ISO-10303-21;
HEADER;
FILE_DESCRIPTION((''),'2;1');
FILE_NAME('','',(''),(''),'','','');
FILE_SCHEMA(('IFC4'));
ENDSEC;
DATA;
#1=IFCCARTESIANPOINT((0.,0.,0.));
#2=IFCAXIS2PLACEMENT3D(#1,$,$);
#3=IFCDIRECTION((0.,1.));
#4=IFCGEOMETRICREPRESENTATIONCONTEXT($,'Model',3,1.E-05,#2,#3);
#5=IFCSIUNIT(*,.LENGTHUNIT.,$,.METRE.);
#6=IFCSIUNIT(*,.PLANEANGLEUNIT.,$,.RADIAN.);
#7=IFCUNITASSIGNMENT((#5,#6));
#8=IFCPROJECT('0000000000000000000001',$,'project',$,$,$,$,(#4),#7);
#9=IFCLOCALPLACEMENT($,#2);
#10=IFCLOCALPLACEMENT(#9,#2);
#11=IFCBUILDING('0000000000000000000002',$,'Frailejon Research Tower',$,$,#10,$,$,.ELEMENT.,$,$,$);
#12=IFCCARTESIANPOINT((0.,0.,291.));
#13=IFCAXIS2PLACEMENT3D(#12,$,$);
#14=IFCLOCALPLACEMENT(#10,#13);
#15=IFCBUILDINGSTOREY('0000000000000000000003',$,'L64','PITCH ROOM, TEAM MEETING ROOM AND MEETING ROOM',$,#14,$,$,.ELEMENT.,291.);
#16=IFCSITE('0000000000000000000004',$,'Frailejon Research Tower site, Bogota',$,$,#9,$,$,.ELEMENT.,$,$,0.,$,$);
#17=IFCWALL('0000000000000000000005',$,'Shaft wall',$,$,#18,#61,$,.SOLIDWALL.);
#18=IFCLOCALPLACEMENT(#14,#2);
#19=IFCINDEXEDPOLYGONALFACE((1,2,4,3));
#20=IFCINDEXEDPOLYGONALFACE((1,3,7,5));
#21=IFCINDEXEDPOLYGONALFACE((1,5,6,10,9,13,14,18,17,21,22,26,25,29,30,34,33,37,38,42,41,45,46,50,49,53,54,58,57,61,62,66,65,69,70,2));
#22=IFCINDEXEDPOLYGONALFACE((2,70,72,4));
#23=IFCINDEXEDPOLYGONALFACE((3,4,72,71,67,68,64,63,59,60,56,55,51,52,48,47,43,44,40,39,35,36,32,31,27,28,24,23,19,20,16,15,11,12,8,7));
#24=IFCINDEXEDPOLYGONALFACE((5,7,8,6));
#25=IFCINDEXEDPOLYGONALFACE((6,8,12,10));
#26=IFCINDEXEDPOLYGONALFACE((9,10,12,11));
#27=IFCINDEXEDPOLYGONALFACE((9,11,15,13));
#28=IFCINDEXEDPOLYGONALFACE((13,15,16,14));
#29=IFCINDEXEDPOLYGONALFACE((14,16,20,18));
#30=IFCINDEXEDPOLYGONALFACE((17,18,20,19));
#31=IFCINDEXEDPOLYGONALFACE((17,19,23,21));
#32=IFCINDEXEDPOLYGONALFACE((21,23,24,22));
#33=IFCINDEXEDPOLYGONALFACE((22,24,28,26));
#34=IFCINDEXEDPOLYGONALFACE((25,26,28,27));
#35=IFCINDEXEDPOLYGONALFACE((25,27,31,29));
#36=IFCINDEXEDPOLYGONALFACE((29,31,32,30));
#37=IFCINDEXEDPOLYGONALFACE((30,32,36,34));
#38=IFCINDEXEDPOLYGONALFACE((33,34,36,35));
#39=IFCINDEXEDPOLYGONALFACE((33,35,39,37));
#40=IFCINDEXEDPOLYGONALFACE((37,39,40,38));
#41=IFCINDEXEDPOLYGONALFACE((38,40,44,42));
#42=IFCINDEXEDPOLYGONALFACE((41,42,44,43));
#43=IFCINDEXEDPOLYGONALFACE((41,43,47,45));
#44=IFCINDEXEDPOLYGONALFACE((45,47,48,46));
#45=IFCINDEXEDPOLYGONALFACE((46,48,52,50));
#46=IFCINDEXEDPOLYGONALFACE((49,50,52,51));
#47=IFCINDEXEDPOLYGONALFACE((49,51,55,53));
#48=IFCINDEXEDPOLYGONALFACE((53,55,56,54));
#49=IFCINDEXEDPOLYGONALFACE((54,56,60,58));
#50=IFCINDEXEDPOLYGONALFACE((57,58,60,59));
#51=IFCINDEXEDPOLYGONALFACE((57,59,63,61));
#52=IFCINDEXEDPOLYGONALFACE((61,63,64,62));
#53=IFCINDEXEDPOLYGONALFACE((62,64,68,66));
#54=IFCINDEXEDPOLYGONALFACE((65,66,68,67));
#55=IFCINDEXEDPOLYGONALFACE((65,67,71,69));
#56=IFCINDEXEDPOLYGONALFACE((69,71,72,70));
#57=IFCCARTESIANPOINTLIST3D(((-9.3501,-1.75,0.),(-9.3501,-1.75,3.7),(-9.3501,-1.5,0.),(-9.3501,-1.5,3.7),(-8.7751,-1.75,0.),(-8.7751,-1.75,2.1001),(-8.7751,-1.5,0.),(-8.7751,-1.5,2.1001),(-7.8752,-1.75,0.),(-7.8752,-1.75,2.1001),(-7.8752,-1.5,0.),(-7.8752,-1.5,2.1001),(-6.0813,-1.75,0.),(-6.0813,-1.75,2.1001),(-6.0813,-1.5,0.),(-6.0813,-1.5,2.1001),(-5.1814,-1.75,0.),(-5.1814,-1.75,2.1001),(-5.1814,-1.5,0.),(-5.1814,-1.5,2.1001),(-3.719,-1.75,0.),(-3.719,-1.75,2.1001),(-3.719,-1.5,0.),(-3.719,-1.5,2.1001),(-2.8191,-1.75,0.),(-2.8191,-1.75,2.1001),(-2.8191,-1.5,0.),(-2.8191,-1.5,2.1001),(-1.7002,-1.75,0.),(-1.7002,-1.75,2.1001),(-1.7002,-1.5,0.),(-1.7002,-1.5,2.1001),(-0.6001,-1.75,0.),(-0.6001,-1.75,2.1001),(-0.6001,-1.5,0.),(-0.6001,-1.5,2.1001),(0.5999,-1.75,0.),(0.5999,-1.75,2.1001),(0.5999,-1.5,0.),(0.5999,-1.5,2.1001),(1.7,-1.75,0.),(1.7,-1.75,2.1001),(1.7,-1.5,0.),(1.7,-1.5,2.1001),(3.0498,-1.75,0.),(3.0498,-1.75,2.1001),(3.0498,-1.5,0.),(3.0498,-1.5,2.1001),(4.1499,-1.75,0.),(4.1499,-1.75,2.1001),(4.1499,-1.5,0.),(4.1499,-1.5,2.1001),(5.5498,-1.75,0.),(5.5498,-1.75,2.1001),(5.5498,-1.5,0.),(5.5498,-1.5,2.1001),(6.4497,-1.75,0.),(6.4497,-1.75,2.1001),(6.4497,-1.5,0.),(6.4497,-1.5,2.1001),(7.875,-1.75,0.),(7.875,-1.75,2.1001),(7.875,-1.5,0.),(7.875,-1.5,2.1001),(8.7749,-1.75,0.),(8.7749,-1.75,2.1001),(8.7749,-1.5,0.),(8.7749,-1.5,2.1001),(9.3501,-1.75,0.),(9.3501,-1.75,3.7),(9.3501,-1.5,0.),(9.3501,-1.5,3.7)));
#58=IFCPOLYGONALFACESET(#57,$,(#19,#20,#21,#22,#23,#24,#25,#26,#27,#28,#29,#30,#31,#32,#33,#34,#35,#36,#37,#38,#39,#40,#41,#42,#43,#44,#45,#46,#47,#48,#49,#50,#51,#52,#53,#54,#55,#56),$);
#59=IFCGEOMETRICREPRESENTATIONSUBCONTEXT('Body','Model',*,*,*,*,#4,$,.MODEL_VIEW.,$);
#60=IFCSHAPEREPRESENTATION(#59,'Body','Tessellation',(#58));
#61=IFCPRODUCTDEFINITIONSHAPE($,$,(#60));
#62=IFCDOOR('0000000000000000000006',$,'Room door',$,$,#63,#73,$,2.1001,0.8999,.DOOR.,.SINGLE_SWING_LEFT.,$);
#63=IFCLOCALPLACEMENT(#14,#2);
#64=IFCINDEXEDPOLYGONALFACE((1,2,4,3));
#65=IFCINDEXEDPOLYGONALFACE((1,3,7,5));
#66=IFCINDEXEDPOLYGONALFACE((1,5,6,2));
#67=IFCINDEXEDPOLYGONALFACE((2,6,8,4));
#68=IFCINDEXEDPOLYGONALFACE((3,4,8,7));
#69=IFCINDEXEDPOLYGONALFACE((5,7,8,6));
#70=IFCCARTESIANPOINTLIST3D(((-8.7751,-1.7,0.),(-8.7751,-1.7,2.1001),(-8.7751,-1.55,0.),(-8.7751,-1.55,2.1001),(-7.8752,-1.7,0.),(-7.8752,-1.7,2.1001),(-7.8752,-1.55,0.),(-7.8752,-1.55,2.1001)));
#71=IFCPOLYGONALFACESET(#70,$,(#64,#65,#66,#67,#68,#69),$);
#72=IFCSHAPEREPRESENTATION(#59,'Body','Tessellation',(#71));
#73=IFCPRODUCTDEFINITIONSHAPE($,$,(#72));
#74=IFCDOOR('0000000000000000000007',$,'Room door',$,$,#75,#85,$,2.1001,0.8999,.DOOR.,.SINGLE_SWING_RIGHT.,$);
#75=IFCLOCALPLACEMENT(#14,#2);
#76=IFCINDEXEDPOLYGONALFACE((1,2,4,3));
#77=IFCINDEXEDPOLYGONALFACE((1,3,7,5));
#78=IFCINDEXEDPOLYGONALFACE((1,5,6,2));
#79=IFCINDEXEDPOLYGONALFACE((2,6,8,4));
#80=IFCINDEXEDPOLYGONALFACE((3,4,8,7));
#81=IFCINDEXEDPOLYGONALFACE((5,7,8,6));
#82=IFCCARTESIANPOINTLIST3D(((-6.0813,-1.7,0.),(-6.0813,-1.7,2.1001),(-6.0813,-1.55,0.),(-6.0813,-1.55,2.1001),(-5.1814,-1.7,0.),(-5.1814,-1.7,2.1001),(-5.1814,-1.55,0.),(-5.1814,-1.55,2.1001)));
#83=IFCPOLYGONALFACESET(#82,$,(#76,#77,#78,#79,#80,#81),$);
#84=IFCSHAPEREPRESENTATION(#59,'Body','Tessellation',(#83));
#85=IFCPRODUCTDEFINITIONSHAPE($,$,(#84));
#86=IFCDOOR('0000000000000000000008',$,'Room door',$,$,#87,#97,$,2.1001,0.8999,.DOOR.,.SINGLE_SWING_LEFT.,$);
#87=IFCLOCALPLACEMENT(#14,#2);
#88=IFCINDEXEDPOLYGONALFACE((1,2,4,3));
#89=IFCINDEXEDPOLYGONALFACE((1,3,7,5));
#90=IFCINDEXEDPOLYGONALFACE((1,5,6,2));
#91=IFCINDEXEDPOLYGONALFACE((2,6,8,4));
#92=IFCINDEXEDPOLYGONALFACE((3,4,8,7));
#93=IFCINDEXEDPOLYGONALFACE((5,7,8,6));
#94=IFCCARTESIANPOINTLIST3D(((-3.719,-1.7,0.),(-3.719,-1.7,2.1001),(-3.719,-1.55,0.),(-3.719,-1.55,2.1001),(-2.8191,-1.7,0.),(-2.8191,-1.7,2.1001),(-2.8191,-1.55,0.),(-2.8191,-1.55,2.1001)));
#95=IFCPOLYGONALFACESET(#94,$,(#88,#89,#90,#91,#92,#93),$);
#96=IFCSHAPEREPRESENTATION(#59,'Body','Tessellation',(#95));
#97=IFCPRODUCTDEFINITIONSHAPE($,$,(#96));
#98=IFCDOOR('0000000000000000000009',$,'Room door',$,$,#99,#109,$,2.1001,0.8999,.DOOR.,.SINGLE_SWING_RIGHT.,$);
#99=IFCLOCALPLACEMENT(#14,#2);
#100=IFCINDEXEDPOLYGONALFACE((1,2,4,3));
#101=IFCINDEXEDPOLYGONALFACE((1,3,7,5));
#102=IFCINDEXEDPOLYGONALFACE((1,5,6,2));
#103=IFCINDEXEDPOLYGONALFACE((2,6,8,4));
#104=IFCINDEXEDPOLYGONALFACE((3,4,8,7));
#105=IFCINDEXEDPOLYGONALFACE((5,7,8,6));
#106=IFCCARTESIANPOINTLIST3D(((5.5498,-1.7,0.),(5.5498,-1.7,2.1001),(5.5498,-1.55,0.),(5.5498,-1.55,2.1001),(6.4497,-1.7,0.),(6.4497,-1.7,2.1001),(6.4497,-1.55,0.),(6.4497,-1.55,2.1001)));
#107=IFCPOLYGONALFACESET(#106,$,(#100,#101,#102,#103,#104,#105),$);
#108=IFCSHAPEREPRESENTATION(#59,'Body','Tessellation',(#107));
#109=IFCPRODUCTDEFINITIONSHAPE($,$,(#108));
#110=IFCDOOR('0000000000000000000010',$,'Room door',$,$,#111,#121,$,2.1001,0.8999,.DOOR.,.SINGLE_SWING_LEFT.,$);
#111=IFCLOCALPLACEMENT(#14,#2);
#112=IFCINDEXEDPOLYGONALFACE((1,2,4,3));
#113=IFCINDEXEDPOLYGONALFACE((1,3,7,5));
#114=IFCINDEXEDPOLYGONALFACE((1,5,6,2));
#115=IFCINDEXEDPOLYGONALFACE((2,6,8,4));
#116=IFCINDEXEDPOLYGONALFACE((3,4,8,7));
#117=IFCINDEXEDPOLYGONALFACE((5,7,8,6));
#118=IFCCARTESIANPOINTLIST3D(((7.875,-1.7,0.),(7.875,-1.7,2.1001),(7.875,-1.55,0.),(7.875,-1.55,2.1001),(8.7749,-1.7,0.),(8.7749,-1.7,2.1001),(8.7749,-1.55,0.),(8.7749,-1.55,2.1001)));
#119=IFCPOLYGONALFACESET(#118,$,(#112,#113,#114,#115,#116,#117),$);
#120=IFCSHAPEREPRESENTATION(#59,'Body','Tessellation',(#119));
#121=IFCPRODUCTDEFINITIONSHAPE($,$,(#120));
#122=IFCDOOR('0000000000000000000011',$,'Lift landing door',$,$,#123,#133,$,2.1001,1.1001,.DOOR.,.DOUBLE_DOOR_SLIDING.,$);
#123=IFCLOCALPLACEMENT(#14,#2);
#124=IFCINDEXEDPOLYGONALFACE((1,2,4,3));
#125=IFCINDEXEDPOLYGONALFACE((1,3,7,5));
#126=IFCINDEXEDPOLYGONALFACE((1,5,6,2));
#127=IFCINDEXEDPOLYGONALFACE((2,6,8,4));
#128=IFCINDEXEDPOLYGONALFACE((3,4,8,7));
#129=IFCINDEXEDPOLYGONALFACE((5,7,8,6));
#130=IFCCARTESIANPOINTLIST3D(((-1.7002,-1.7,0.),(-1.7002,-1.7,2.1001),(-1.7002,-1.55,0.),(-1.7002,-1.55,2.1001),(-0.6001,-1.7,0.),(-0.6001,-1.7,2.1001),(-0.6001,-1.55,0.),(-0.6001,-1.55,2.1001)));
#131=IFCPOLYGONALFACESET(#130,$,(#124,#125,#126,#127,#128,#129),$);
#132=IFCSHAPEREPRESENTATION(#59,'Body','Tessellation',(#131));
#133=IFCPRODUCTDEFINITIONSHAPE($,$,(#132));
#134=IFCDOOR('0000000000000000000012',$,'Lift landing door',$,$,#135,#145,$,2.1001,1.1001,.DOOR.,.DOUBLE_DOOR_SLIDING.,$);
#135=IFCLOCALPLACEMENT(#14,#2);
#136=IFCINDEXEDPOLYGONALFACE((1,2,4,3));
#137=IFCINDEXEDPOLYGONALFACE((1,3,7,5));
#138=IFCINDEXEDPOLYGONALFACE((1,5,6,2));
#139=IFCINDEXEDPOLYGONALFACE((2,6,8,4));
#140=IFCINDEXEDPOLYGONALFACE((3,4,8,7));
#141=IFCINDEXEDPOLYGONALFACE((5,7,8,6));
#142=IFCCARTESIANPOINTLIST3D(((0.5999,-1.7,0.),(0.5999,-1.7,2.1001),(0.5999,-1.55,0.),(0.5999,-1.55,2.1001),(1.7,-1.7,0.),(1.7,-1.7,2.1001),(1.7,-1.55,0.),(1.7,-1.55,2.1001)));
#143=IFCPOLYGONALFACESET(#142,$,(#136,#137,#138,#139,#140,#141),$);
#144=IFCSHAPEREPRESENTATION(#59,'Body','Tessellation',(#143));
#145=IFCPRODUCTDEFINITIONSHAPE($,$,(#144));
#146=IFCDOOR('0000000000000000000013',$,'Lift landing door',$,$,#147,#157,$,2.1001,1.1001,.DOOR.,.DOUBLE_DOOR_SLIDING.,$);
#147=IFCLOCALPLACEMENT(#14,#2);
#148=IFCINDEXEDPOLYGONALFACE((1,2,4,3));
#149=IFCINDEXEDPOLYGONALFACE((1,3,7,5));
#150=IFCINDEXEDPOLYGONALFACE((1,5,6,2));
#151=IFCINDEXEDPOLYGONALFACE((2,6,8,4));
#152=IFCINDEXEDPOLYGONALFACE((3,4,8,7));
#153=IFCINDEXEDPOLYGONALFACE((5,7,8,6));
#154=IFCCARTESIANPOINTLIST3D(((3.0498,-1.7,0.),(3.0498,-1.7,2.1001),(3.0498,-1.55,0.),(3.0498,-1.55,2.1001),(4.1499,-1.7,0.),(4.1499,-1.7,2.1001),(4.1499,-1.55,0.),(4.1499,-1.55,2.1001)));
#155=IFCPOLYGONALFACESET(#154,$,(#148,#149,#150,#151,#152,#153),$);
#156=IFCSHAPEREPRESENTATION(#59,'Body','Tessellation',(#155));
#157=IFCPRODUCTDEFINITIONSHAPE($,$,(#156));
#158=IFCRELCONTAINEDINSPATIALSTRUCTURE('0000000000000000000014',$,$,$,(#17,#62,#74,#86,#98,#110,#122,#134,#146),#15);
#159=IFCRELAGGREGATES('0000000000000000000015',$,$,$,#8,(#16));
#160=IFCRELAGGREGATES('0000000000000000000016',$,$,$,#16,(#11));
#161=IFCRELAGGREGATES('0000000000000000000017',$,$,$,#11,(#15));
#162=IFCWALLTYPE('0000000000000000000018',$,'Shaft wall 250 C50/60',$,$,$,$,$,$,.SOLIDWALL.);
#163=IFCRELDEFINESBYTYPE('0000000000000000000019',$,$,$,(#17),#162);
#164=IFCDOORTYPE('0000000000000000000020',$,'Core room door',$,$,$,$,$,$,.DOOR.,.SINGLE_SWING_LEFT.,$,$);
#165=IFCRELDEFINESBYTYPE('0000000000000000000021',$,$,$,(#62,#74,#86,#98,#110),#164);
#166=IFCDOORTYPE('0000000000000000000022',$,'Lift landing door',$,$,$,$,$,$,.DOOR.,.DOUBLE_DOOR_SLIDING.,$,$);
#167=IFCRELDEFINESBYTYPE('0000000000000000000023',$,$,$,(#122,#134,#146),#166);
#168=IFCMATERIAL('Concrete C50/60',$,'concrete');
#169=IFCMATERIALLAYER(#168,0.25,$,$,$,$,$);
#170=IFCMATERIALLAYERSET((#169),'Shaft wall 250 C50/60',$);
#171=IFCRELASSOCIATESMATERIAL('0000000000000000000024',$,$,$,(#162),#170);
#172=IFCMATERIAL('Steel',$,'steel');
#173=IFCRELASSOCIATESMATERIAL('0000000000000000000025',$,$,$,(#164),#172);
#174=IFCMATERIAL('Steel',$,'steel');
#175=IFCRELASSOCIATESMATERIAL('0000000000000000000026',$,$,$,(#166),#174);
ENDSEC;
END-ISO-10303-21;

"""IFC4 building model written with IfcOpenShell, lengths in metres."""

from ifc_helpers import new_model, si_unit, direction, frame, frame_2d, origin, place, context, subcontext, project, spatial, rectangle, extrude, material, layer, layer_set, type_object, element, fill, save


model = new_model("IFC4")

# Units and contexts
model_context = context("Model", 3, precision=1e-05, world=origin(), true_north=direction((0.0, 1.0)))
body_context = subcontext(model_context, "Body", "Model", "MODEL_VIEW")
ifc_project = project(units=[si_unit("LENGTHUNIT", "METRE"), si_unit("PLANEANGLEUNIT", "RADIAN")], contexts=[model_context])

# Site, building, storey
site_placement = place(None, origin())
site = spatial("IfcSite", under=ifc_project, at=site_placement, Name="Frailejon Research Tower site, Bogota", CompositionType="ELEMENT", RefElevation=0.0)
building_placement = place(site_placement, origin())
building = spatial("IfcBuilding", under=site, at=building_placement, Name="Frailejon Research Tower", CompositionType="ELEMENT")
storey_placement = place(building_placement, frame((0.0, 0.0, 291.0)))
storey = spatial("IfcBuildingStorey", under=building, at=storey_placement, Name="L64", Description="PITCH ROOM, TEAM MEETING ROOM AND MEETING ROOM", CompositionType="ELEMENT", Elevation=291.0)

# Wall, openings, doors
ifc_material_1 = material(Name="Concrete C50/60", Category="concrete")
ifc_layer_1 = layer(ifc_material_1, 0.25)
ifc_layer_set_1 = layer_set([ifc_layer_1], Name="Shaft wall 250 C50/60")
wall_type_1 = type_object("IfcWallType", Name="Shaft wall 250 C50/60", PredefinedType="SOLIDWALL", material=ifc_layer_set_1)
wall_1_placement = place(storey_placement, frame((-9.3501, -1.625, 0.0), z_axis=(0.0, 0.0, 1.0), x_axis=(1.0, 0.0, 0.0)))
wall_1 = element("IfcWall", 1, at=wall_1_placement, inside=storey, type_object=wall_type_1, Name="Shaft wall", PredefinedType="SOLIDWALL", context=body_context, shape_type="SweptSolid", body=[
    extrude(rectangle(XDim=18.7002, YDim=0.25, at=frame_2d((9.3501, 0.0))), origin(), (0.0, 0.0, 1.0), 3.7),
])
opening_1_placement = place(wall_1_placement, frame((7.6499, 0.0, 0.0)))
opening_1 = element("IfcOpeningElement", 2, at=opening_1_placement, cuts=wall_1, PredefinedType="OPENING", context=body_context, shape_type="SweptSolid", body=[
    extrude(rectangle(XDim=1.1001, YDim=2.1001, at=frame_2d((0.55, 1.05))), frame((0.0, 0.135, 0.0), z_axis=(0.0, -1.0, 0.0), x_axis=(1.0, 0.0, 0.0)), (0.0, 0.0, 1.0), 0.27),
])
opening_2_placement = place(wall_1_placement, frame((9.95, 0.0, 0.0)))
opening_2 = element("IfcOpeningElement", 3, at=opening_2_placement, cuts=wall_1, PredefinedType="OPENING", context=body_context, shape_type="SweptSolid", body=[
    extrude(rectangle(XDim=1.1001, YDim=2.1001, at=frame_2d((0.55, 1.05))), frame((0.0, 0.135, 0.0), z_axis=(0.0, -1.0, 0.0), x_axis=(1.0, 0.0, 0.0)), (0.0, 0.0, 1.0), 0.27),
])
opening_3_placement = place(wall_1_placement, frame((12.3999, 0.0, 0.0)))
opening_3 = element("IfcOpeningElement", 4, at=opening_3_placement, cuts=wall_1, PredefinedType="OPENING", context=body_context, shape_type="SweptSolid", body=[
    extrude(rectangle(XDim=1.1001, YDim=2.1001, at=frame_2d((0.55, 1.05))), frame((0.0, 0.135, 0.0), z_axis=(0.0, -1.0, 0.0), x_axis=(1.0, 0.0, 0.0)), (0.0, 0.0, 1.0), 0.27),
])
opening_4_placement = place(wall_1_placement, frame((0.575, 0.0, 0.0)))
opening_4 = element("IfcOpeningElement", 5, at=opening_4_placement, cuts=wall_1, PredefinedType="OPENING", context=body_context, shape_type="SweptSolid", body=[
    extrude(rectangle(XDim=0.8999, YDim=2.1001, at=frame_2d((0.45, 1.05))), frame((0.0, 0.135, 0.0), z_axis=(0.0, -1.0, 0.0), x_axis=(1.0, 0.0, 0.0)), (0.0, 0.0, 1.0), 0.27),
])
opening_5_placement = place(wall_1_placement, frame((3.2688, 0.0, 0.0)))
opening_5 = element("IfcOpeningElement", 6, at=opening_5_placement, cuts=wall_1, PredefinedType="OPENING", context=body_context, shape_type="SweptSolid", body=[
    extrude(rectangle(XDim=0.8999, YDim=2.1001, at=frame_2d((0.45, 1.05))), frame((0.0, 0.135, 0.0), z_axis=(0.0, -1.0, 0.0), x_axis=(1.0, 0.0, 0.0)), (0.0, 0.0, 1.0), 0.27),
])
opening_6_placement = place(wall_1_placement, frame((5.6311, 0.0, 0.0)))
opening_6 = element("IfcOpeningElement", 7, at=opening_6_placement, cuts=wall_1, PredefinedType="OPENING", context=body_context, shape_type="SweptSolid", body=[
    extrude(rectangle(XDim=0.8999, YDim=2.1001, at=frame_2d((0.45, 1.05))), frame((0.0, 0.135, 0.0), z_axis=(0.0, -1.0, 0.0), x_axis=(1.0, 0.0, 0.0)), (0.0, 0.0, 1.0), 0.27),
])
opening_7_placement = place(wall_1_placement, frame((14.8999, 0.0, 0.0)))
opening_7 = element("IfcOpeningElement", 8, at=opening_7_placement, cuts=wall_1, PredefinedType="OPENING", context=body_context, shape_type="SweptSolid", body=[
    extrude(rectangle(XDim=0.8999, YDim=2.1001, at=frame_2d((0.45, 1.05))), frame((0.0, 0.135, 0.0), z_axis=(0.0, -1.0, 0.0), x_axis=(1.0, 0.0, 0.0)), (0.0, 0.0, 1.0), 0.27),
])
opening_8_placement = place(wall_1_placement, frame((17.2251, 0.0, 0.0)))
opening_8 = element("IfcOpeningElement", 9, at=opening_8_placement, cuts=wall_1, PredefinedType="OPENING", context=body_context, shape_type="SweptSolid", body=[
    extrude(rectangle(XDim=0.8999, YDim=2.1001, at=frame_2d((0.45, 1.05))), frame((0.0, 0.135, 0.0), z_axis=(0.0, -1.0, 0.0), x_axis=(1.0, 0.0, 0.0)), (0.0, 0.0, 1.0), 0.27),
])
ifc_material_2 = material(Name="Steel", Category="steel")
door_type_1 = type_object("IfcDoorType", Name="Core room door", OperationType="SINGLE_SWING_LEFT", PredefinedType="DOOR", material=ifc_material_2)
door_1_placement = place(opening_4_placement, origin())
door_1 = element("IfcDoor", 10, at=door_1_placement, inside=storey, type_object=door_type_1, Name="Room door", OperationType="SINGLE_SWING_LEFT", OverallHeight=2.1001, OverallWidth=0.8999, PredefinedType="DOOR", context=body_context, shape_type="SweptSolid", body=[
    extrude(rectangle(XDim=0.8999, YDim=2.1001, at=frame_2d((0.45, 1.05))), frame((0.0, 0.075, 0.0), z_axis=(0.0, -1.0, 0.0), x_axis=(1.0, 0.0, 0.0)), (0.0, 0.0, 1.0), 0.1499),
])
fill(opening_4, door_1)
door_2_placement = place(opening_5_placement, origin())
door_2 = element("IfcDoor", 11, at=door_2_placement, inside=storey, type_object=door_type_1, Name="Room door", OperationType="SINGLE_SWING_RIGHT", OverallHeight=2.1001, OverallWidth=0.8999, PredefinedType="DOOR", context=body_context, shape_type="SweptSolid", body=[
    extrude(rectangle(XDim=0.8999, YDim=2.1001, at=frame_2d((0.45, 1.05))), frame((0.0, 0.075, 0.0), z_axis=(0.0, -1.0, 0.0), x_axis=(1.0, 0.0, 0.0)), (0.0, 0.0, 1.0), 0.1499),
])
fill(opening_5, door_2)
door_3_placement = place(opening_6_placement, origin())
door_3 = element("IfcDoor", 12, at=door_3_placement, inside=storey, type_object=door_type_1, Name="Room door", OperationType="SINGLE_SWING_LEFT", OverallHeight=2.1001, OverallWidth=0.8999, PredefinedType="DOOR", context=body_context, shape_type="SweptSolid", body=[
    extrude(rectangle(XDim=0.8999, YDim=2.1001, at=frame_2d((0.45, 1.05))), frame((0.0, 0.075, 0.0), z_axis=(0.0, -1.0, 0.0), x_axis=(1.0, 0.0, 0.0)), (0.0, 0.0, 1.0), 0.1499),
])
fill(opening_6, door_3)
door_4_placement = place(opening_7_placement, origin())
door_4 = element("IfcDoor", 13, at=door_4_placement, inside=storey, type_object=door_type_1, Name="Room door", OperationType="SINGLE_SWING_RIGHT", OverallHeight=2.1001, OverallWidth=0.8999, PredefinedType="DOOR", context=body_context, shape_type="SweptSolid", body=[
    extrude(rectangle(XDim=0.8999, YDim=2.1001, at=frame_2d((0.45, 1.05))), frame((0.0, 0.075, 0.0), z_axis=(0.0, -1.0, 0.0), x_axis=(1.0, 0.0, 0.0)), (0.0, 0.0, 1.0), 0.1499),
])
fill(opening_7, door_4)
door_5_placement = place(opening_8_placement, origin())
door_5 = element("IfcDoor", 14, at=door_5_placement, inside=storey, type_object=door_type_1, Name="Room door", OperationType="SINGLE_SWING_LEFT", OverallHeight=2.1001, OverallWidth=0.8999, PredefinedType="DOOR", context=body_context, shape_type="SweptSolid", body=[
    extrude(rectangle(XDim=0.8999, YDim=2.1001, at=frame_2d((0.45, 1.05))), frame((0.0, 0.075, 0.0), z_axis=(0.0, -1.0, 0.0), x_axis=(1.0, 0.0, 0.0)), (0.0, 0.0, 1.0), 0.1499),
])
fill(opening_8, door_5)
ifc_material_3 = material(Name="Steel", Category="steel")
door_type_2 = type_object("IfcDoorType", Name="Lift landing door", OperationType="DOUBLE_DOOR_SLIDING", PredefinedType="DOOR", material=ifc_material_3)
door_6_placement = place(opening_1_placement, origin())
door_6 = element("IfcDoor", 15, at=door_6_placement, inside=storey, type_object=door_type_2, Name="Lift landing door", OperationType="DOUBLE_DOOR_SLIDING", OverallHeight=2.1001, OverallWidth=1.1001, PredefinedType="DOOR", context=body_context, shape_type="SweptSolid", body=[
    extrude(rectangle(XDim=1.1001, YDim=2.1001, at=frame_2d((0.55, 1.05))), frame((0.0, 0.075, 0.0), z_axis=(0.0, -1.0, 0.0), x_axis=(1.0, 0.0, 0.0)), (0.0, 0.0, 1.0), 0.1499),
])
fill(opening_1, door_6)
door_7_placement = place(opening_2_placement, origin())
door_7 = element("IfcDoor", 16, at=door_7_placement, inside=storey, type_object=door_type_2, Name="Lift landing door", OperationType="DOUBLE_DOOR_SLIDING", OverallHeight=2.1001, OverallWidth=1.1001, PredefinedType="DOOR", context=body_context, shape_type="SweptSolid", body=[
    extrude(rectangle(XDim=1.1001, YDim=2.1001, at=frame_2d((0.55, 1.05))), frame((0.0, 0.075, 0.0), z_axis=(0.0, -1.0, 0.0), x_axis=(1.0, 0.0, 0.0)), (0.0, 0.0, 1.0), 0.1499),
])
fill(opening_2, door_7)
door_8_placement = place(opening_3_placement, origin())
door_8 = element("IfcDoor", 17, at=door_8_placement, inside=storey, type_object=door_type_2, Name="Lift landing door", OperationType="DOUBLE_DOOR_SLIDING", OverallHeight=2.1001, OverallWidth=1.1001, PredefinedType="DOOR", context=body_context, shape_type="SweptSolid", body=[
    extrude(rectangle(XDim=1.1001, YDim=2.1001, at=frame_2d((0.55, 1.05))), frame((0.0, 0.075, 0.0), z_axis=(0.0, -1.0, 0.0), x_axis=(1.0, 0.0, 0.0)), (0.0, 0.0, 1.0), 0.1499),
])
fill(opening_3, door_8)

save(model, "model.ifc")
